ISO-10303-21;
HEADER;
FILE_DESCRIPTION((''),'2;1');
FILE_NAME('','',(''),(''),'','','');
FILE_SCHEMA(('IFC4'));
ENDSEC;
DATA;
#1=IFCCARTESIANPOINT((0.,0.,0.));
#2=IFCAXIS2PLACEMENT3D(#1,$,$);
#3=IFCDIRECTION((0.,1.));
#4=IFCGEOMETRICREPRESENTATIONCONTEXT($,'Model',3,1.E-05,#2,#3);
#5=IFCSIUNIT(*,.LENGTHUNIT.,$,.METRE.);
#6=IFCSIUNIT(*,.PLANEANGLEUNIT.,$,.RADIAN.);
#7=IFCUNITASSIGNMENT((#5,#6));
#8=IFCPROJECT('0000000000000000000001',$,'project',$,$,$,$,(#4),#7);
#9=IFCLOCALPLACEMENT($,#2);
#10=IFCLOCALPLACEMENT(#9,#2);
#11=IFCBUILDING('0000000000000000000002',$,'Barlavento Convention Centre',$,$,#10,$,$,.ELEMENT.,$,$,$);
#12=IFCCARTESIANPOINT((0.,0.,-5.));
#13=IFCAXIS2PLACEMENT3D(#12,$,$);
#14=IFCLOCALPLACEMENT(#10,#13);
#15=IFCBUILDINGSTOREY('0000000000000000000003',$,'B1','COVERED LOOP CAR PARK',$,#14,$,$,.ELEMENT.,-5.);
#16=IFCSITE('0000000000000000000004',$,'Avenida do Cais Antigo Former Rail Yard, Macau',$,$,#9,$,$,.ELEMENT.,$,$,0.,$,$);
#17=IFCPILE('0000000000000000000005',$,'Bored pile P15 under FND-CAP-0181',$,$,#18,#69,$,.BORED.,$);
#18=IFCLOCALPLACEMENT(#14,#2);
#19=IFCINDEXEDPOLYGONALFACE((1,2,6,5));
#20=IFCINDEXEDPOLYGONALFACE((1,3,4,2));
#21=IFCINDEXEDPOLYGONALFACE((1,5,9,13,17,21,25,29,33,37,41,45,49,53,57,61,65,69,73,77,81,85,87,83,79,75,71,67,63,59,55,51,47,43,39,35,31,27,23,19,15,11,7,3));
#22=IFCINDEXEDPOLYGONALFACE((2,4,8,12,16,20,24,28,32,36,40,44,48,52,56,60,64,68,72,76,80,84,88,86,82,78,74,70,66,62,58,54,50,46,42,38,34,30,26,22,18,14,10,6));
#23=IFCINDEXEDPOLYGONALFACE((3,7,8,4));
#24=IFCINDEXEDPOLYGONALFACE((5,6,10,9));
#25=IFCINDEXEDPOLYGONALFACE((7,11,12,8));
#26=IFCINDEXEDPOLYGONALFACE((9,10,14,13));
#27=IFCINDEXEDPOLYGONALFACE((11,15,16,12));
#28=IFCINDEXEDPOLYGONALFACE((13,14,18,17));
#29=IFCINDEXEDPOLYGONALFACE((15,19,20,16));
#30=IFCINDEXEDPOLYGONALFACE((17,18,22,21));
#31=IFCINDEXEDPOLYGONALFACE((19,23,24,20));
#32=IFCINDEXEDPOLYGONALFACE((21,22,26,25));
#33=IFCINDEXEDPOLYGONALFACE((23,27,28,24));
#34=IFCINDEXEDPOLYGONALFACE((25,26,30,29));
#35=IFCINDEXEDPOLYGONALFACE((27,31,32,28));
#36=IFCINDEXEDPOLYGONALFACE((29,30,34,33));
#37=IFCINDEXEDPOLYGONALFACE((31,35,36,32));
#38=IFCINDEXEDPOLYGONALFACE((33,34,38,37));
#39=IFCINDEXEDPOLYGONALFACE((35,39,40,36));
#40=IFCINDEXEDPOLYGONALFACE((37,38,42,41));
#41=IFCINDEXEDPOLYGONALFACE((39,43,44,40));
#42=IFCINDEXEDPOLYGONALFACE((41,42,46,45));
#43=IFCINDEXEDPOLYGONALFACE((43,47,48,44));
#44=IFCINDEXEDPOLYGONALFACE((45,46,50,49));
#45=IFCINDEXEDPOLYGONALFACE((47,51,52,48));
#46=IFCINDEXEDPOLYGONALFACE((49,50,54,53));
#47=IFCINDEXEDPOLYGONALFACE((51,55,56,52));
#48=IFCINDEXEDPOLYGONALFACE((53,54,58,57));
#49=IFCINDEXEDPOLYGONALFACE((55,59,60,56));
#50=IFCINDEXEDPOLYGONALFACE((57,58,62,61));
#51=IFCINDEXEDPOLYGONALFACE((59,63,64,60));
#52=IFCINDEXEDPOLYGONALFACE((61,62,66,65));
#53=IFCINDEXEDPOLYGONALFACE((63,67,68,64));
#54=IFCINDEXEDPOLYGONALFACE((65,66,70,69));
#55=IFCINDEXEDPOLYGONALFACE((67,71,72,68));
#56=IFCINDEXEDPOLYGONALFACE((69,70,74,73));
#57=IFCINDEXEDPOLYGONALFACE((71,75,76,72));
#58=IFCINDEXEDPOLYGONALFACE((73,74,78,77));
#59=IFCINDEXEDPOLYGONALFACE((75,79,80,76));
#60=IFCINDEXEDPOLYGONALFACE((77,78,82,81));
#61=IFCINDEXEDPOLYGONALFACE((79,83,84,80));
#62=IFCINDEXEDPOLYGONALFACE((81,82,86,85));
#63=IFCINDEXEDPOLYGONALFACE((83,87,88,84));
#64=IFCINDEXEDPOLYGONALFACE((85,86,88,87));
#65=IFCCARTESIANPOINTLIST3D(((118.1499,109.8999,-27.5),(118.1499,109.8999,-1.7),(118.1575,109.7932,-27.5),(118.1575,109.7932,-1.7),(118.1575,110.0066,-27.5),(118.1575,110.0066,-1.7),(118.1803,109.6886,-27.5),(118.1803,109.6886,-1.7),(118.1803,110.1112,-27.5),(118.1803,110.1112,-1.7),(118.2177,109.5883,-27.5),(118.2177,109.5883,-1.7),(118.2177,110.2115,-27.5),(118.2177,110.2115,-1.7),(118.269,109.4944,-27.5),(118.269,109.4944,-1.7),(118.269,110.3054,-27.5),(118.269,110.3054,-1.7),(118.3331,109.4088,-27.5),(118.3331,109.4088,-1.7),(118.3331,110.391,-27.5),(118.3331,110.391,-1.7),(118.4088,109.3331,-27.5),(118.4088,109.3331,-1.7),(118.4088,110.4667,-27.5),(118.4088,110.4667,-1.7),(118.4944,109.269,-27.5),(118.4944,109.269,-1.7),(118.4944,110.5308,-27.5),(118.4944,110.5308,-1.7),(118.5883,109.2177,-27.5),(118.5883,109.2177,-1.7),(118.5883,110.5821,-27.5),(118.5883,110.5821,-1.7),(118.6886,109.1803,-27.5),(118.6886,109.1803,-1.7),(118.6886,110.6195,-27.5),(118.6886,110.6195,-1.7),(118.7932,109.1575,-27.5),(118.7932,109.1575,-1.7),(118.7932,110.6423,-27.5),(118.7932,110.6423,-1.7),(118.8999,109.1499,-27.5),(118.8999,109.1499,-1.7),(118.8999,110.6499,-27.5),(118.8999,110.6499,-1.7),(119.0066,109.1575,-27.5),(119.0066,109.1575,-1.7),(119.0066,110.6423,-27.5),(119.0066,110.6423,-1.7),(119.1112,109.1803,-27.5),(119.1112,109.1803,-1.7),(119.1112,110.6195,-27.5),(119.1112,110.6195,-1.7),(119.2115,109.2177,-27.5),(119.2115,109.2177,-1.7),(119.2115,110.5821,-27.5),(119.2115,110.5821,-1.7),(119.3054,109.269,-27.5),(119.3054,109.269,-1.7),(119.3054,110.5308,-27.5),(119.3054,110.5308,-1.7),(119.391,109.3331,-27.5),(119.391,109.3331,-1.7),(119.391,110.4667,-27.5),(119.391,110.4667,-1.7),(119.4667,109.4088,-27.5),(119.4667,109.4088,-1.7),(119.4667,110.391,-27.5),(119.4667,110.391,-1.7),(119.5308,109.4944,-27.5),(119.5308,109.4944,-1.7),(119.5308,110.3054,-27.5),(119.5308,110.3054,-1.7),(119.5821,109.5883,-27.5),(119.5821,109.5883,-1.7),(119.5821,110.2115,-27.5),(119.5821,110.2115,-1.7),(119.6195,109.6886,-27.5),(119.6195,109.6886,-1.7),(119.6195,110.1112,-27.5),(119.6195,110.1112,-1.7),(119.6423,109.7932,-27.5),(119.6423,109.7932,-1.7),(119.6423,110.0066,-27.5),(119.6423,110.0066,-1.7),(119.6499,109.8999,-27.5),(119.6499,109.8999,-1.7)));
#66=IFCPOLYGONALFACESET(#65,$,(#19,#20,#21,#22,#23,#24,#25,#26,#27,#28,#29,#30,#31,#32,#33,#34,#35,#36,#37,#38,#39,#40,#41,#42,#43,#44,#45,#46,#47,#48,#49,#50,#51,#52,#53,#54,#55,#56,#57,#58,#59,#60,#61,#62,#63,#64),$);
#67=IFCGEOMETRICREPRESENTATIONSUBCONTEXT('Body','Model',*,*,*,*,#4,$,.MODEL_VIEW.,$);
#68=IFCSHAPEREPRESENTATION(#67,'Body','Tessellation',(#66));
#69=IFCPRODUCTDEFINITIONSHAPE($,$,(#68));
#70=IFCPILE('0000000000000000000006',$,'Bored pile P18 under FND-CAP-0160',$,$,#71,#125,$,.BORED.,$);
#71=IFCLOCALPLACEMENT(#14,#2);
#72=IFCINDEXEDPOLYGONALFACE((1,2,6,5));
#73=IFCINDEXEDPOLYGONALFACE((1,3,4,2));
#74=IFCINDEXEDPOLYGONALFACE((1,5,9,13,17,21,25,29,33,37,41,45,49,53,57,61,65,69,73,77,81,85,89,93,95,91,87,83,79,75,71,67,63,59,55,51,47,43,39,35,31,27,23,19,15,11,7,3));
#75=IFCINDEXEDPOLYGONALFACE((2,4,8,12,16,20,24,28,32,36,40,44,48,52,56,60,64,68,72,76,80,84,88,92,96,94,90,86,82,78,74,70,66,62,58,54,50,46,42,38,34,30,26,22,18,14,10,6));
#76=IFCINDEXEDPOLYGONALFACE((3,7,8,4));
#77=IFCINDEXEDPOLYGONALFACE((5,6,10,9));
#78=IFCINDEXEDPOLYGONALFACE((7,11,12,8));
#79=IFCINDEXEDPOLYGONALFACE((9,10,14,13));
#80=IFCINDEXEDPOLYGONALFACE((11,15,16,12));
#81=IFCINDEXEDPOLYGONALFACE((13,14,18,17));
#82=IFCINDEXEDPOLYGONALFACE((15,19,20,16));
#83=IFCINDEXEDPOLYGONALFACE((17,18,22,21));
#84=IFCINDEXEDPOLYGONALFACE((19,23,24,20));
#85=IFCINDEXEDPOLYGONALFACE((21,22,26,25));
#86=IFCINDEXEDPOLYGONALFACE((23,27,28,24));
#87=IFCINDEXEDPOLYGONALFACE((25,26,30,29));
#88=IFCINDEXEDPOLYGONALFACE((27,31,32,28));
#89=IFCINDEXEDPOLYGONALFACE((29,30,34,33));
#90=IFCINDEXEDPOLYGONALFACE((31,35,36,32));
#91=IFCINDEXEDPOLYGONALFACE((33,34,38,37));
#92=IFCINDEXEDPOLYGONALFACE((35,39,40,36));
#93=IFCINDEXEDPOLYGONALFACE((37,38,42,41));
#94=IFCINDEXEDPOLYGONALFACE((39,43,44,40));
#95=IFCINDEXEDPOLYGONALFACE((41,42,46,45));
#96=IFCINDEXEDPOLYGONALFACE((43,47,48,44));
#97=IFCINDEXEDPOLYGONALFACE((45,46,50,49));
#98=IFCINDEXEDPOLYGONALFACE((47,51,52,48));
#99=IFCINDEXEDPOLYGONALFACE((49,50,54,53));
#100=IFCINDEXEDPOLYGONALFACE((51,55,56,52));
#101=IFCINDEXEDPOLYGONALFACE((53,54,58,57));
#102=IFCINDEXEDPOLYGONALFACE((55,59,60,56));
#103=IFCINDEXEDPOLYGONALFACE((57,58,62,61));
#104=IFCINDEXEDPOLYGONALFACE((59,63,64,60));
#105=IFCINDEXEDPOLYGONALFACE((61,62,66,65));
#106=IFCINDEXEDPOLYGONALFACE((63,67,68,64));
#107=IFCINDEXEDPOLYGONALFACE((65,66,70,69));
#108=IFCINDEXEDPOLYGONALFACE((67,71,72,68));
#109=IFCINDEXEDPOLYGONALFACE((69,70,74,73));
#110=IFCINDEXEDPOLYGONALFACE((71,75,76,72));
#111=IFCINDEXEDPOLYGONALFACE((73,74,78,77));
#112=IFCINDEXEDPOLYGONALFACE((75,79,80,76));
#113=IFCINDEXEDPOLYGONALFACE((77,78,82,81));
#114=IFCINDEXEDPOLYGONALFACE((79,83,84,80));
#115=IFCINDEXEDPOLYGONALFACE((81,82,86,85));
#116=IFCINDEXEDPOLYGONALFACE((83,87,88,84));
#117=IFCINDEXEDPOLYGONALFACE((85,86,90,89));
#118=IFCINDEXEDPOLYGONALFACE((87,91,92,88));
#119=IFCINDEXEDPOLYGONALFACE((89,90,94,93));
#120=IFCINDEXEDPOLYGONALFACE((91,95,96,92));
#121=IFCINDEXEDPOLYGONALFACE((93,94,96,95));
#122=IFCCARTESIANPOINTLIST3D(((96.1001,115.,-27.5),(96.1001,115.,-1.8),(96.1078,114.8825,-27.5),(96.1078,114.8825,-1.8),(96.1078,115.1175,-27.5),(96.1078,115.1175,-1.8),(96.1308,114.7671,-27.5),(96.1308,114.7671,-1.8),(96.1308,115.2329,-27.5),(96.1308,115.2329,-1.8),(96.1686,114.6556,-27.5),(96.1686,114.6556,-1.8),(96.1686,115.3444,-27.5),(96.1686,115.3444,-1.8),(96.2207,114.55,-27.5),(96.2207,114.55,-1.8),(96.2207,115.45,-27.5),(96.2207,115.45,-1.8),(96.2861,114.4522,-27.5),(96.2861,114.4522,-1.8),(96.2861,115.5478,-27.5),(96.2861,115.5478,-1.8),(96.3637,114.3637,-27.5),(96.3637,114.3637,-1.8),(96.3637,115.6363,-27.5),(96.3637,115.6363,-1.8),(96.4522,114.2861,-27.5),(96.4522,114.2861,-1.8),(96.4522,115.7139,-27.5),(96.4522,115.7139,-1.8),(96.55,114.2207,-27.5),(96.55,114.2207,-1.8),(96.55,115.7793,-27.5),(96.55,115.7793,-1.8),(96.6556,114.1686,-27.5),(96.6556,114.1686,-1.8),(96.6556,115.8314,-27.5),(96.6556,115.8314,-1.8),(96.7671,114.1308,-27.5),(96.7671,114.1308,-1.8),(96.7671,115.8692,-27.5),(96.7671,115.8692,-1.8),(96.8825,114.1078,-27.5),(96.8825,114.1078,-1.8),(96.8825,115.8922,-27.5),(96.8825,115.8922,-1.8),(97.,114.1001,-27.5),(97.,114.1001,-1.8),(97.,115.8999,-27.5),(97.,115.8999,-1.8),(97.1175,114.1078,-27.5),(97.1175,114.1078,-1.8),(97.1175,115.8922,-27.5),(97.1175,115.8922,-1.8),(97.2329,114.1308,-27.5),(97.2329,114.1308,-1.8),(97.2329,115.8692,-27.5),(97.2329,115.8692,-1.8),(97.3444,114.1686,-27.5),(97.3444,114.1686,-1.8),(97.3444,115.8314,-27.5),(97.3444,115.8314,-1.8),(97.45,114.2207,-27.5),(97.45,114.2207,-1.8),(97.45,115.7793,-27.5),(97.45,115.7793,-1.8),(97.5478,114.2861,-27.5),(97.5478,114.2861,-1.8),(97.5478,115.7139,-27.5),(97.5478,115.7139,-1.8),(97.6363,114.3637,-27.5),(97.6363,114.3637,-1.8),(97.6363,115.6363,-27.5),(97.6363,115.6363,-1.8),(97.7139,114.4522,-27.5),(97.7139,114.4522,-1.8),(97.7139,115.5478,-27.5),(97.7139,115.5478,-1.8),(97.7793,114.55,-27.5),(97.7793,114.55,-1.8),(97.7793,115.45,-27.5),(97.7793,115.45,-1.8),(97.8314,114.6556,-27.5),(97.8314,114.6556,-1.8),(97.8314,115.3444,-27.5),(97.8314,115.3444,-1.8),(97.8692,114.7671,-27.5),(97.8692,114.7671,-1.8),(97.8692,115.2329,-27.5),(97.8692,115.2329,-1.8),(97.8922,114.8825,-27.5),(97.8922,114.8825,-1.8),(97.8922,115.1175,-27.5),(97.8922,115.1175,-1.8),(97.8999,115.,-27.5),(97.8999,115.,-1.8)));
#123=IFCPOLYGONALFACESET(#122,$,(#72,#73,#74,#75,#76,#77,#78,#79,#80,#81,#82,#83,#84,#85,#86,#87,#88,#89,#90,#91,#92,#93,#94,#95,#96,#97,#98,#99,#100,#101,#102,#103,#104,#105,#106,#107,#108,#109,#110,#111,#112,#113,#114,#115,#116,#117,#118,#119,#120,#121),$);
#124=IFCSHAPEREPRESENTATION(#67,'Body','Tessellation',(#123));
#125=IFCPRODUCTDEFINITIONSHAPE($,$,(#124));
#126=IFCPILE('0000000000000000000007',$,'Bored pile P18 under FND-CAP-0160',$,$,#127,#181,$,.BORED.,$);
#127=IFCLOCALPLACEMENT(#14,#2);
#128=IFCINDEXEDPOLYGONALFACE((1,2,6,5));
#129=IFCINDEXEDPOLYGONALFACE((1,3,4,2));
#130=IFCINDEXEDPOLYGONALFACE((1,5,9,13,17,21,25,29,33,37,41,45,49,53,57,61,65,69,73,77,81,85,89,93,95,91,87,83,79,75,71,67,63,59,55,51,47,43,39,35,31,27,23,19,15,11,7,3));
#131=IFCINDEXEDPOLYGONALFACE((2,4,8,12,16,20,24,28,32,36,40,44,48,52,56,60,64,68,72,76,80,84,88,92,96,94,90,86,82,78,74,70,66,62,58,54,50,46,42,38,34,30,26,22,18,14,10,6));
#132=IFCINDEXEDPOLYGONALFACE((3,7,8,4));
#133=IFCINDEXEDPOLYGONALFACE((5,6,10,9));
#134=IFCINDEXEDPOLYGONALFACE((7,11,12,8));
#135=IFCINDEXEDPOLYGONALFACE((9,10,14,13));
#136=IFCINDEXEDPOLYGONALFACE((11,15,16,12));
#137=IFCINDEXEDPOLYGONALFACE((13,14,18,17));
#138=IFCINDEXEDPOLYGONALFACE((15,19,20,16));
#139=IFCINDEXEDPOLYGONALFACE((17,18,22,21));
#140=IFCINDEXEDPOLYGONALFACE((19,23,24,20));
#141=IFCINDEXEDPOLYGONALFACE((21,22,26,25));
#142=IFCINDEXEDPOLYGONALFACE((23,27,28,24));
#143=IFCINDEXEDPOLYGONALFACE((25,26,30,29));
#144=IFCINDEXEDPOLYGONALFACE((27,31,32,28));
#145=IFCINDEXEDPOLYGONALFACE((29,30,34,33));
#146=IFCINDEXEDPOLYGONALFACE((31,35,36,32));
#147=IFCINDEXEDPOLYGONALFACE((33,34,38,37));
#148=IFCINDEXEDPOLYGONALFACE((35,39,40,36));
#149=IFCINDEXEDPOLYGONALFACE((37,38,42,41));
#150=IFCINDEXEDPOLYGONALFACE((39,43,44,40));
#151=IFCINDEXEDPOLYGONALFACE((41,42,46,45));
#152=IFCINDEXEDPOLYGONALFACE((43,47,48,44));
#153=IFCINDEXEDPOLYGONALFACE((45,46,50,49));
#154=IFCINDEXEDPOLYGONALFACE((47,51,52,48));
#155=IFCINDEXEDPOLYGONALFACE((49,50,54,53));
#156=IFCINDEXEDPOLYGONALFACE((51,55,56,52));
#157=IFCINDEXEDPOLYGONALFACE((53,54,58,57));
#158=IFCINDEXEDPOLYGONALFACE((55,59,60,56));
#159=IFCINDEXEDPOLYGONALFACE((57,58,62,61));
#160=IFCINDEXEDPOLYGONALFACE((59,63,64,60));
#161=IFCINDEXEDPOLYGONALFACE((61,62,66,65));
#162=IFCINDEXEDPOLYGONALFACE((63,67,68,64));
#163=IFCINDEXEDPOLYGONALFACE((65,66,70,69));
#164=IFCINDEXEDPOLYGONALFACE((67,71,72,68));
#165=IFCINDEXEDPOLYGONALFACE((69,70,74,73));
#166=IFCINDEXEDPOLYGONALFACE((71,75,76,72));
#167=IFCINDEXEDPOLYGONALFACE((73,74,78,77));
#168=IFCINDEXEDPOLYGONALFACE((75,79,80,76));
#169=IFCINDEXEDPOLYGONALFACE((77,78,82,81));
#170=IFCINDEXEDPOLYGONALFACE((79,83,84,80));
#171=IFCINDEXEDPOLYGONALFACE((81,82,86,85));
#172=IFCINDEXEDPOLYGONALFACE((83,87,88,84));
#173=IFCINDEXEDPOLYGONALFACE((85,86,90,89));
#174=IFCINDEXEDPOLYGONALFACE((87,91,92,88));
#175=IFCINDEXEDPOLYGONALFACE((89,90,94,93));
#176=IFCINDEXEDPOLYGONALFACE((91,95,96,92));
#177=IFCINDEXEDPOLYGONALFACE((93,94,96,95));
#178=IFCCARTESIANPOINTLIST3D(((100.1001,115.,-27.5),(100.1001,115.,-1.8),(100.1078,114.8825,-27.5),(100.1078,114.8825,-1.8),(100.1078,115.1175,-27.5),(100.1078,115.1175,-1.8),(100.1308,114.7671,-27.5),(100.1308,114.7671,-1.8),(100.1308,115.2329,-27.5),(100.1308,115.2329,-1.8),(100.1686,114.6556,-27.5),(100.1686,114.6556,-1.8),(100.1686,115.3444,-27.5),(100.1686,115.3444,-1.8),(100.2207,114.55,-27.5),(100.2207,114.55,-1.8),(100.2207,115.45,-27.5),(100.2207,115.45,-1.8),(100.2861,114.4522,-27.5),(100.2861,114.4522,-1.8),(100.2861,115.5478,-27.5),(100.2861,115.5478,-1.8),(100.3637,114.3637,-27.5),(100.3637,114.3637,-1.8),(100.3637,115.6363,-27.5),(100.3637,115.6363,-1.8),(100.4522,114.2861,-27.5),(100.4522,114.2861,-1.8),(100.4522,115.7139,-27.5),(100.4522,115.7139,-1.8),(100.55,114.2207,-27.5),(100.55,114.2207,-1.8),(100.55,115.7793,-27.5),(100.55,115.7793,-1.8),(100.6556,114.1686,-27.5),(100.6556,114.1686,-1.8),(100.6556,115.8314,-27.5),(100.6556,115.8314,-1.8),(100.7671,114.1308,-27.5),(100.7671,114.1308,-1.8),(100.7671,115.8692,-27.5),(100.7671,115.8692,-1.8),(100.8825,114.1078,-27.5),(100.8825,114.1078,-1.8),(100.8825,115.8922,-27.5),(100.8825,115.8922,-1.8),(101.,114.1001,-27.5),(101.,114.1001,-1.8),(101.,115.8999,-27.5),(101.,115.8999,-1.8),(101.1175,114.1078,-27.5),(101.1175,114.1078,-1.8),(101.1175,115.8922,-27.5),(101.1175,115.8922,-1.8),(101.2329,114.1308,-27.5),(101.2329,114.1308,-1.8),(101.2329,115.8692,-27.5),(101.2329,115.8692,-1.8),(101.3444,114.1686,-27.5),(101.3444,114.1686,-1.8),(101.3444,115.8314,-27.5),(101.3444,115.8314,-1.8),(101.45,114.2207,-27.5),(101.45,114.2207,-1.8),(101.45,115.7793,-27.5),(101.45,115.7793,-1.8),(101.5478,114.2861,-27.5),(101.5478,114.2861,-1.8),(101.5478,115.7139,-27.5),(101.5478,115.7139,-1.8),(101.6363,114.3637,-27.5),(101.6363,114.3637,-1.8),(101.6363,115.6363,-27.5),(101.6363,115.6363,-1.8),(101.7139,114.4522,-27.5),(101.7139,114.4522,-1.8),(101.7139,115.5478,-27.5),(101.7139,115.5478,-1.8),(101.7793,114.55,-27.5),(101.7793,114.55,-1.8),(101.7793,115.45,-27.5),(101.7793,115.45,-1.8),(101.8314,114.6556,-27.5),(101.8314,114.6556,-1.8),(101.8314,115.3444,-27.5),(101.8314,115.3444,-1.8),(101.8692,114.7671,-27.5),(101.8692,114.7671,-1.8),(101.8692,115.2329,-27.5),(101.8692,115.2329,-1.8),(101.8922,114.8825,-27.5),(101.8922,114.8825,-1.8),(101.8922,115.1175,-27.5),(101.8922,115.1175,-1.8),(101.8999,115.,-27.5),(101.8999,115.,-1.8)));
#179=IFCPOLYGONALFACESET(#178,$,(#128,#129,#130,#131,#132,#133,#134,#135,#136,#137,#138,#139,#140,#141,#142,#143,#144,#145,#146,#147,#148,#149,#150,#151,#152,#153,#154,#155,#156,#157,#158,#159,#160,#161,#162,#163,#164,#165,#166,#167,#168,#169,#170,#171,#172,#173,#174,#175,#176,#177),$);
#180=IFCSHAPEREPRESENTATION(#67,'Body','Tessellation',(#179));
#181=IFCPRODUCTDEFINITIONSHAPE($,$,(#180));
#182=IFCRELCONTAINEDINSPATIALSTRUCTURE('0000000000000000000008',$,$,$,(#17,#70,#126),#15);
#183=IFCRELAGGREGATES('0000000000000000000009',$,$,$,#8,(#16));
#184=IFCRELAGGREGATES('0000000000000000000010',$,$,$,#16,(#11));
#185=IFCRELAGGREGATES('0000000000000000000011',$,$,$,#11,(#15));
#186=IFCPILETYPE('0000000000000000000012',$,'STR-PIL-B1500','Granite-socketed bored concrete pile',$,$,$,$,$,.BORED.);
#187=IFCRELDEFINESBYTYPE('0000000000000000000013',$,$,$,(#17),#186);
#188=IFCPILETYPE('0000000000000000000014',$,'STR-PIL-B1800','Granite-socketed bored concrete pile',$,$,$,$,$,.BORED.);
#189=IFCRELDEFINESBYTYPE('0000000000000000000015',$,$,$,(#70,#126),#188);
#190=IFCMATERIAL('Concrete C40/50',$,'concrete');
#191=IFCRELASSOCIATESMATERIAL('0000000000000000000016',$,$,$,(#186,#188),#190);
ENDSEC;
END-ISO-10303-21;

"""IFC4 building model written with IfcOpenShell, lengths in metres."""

from ifc_helpers import new_model, si_unit, direction, frame, origin, origin_2d, place, context, subcontext, project, spatial, circle, extrude, material, material_profile, profile_set, type_object, element, save


model = new_model("IFC4")

# Units and contexts
model_context = context("Model", 3, precision=1e-05, world=origin(), true_north=direction((0.0, 1.0)))
body_context = subcontext(model_context, "Body", "Model", "MODEL_VIEW")
ifc_project = project(units=[si_unit("LENGTHUNIT", "METRE"), si_unit("PLANEANGLEUNIT", "RADIAN")], contexts=[model_context])

# Site, building, storey
site_placement = place(None, origin())
site = spatial("IfcSite", under=ifc_project, at=site_placement, Name="Avenida do Cais Antigo Former Rail Yard, Macau", CompositionType="ELEMENT", RefElevation=0.0)
building_placement = place(site_placement, origin())
building = spatial("IfcBuilding", under=site, at=building_placement, Name="Barlavento Convention Centre", CompositionType="ELEMENT")
storey_placement = place(building_placement, frame((0.0, 0.0, -5.0)))
storey = spatial("IfcBuildingStorey", under=building, at=storey_placement, Name="B1", Description="COVERED LOOP CAR PARK", CompositionType="ELEMENT", Elevation=-5.0)

# Shared definitions
ifc_material_1 = material(Name="Concrete C40/50", Category="concrete")

# Piles
ifc_material_profile_1 = material_profile(ifc_material_1, circle(Radius=0.75, at=origin_2d()), Name="BORED PILE 1500")
ifc_profile_set_1 = profile_set([ifc_material_profile_1], Name="Concrete C40/50")
pile_type_1 = type_object("IfcPileType", Name="STR-PIL-B1500", Description="Granite-socketed bored concrete pile", PredefinedType="BORED", material=ifc_profile_set_1)
for number, where, z_axis, x_axis, name in (
    (1, (118.8999, 109.8999, -1.7), (0.0, 0.0, -1.0), (1.0, 0.0, 0.0), "Bored pile P15 under FND-CAP-0181"),
):
    element("IfcPile", number, at=place(storey_placement, frame(where, z_axis=z_axis, x_axis=x_axis)), inside=storey, type_object=pile_type_1, Name=name, PredefinedType="BORED", context=body_context, shape_type="SweptSolid", body=[
        extrude(circle(Radius=0.75, at=origin_2d()), origin(), (0.0, 0.0, 1.0), 25.8),
    ])
ifc_material_profile_2 = material_profile(ifc_material_1, circle(Radius=0.8999, at=origin_2d()), Name="BORED PILE 1800")
ifc_profile_set_2 = profile_set([ifc_material_profile_2], Name="Concrete C40/50")
pile_type_2 = type_object("IfcPileType", Name="STR-PIL-B1800", Description="Granite-socketed bored concrete pile", PredefinedType="BORED", material=ifc_profile_set_2)
for number, where, z_axis, x_axis, name in (
    (2, (97.0, 115.0, -1.8), (0.0, 0.0, -1.0), (1.0, 0.0, 0.0), "Bored pile P18 under FND-CAP-0160"),
    (3, (101.0, 115.0, -1.8), (0.0, 0.0, -1.0), (1.0, 0.0, 0.0), "Bored pile P18 under FND-CAP-0160"),
):
    element("IfcPile", number, at=place(storey_placement, frame(where, z_axis=z_axis, x_axis=x_axis)), inside=storey, type_object=pile_type_2, Name=name, PredefinedType="BORED", context=body_context, shape_type="SweptSolid", body=[
        extrude(circle(Radius=0.8999, at=origin_2d()), origin(), (0.0, 0.0, 1.0), 25.7),
    ])

save(model, "model.ifc")
